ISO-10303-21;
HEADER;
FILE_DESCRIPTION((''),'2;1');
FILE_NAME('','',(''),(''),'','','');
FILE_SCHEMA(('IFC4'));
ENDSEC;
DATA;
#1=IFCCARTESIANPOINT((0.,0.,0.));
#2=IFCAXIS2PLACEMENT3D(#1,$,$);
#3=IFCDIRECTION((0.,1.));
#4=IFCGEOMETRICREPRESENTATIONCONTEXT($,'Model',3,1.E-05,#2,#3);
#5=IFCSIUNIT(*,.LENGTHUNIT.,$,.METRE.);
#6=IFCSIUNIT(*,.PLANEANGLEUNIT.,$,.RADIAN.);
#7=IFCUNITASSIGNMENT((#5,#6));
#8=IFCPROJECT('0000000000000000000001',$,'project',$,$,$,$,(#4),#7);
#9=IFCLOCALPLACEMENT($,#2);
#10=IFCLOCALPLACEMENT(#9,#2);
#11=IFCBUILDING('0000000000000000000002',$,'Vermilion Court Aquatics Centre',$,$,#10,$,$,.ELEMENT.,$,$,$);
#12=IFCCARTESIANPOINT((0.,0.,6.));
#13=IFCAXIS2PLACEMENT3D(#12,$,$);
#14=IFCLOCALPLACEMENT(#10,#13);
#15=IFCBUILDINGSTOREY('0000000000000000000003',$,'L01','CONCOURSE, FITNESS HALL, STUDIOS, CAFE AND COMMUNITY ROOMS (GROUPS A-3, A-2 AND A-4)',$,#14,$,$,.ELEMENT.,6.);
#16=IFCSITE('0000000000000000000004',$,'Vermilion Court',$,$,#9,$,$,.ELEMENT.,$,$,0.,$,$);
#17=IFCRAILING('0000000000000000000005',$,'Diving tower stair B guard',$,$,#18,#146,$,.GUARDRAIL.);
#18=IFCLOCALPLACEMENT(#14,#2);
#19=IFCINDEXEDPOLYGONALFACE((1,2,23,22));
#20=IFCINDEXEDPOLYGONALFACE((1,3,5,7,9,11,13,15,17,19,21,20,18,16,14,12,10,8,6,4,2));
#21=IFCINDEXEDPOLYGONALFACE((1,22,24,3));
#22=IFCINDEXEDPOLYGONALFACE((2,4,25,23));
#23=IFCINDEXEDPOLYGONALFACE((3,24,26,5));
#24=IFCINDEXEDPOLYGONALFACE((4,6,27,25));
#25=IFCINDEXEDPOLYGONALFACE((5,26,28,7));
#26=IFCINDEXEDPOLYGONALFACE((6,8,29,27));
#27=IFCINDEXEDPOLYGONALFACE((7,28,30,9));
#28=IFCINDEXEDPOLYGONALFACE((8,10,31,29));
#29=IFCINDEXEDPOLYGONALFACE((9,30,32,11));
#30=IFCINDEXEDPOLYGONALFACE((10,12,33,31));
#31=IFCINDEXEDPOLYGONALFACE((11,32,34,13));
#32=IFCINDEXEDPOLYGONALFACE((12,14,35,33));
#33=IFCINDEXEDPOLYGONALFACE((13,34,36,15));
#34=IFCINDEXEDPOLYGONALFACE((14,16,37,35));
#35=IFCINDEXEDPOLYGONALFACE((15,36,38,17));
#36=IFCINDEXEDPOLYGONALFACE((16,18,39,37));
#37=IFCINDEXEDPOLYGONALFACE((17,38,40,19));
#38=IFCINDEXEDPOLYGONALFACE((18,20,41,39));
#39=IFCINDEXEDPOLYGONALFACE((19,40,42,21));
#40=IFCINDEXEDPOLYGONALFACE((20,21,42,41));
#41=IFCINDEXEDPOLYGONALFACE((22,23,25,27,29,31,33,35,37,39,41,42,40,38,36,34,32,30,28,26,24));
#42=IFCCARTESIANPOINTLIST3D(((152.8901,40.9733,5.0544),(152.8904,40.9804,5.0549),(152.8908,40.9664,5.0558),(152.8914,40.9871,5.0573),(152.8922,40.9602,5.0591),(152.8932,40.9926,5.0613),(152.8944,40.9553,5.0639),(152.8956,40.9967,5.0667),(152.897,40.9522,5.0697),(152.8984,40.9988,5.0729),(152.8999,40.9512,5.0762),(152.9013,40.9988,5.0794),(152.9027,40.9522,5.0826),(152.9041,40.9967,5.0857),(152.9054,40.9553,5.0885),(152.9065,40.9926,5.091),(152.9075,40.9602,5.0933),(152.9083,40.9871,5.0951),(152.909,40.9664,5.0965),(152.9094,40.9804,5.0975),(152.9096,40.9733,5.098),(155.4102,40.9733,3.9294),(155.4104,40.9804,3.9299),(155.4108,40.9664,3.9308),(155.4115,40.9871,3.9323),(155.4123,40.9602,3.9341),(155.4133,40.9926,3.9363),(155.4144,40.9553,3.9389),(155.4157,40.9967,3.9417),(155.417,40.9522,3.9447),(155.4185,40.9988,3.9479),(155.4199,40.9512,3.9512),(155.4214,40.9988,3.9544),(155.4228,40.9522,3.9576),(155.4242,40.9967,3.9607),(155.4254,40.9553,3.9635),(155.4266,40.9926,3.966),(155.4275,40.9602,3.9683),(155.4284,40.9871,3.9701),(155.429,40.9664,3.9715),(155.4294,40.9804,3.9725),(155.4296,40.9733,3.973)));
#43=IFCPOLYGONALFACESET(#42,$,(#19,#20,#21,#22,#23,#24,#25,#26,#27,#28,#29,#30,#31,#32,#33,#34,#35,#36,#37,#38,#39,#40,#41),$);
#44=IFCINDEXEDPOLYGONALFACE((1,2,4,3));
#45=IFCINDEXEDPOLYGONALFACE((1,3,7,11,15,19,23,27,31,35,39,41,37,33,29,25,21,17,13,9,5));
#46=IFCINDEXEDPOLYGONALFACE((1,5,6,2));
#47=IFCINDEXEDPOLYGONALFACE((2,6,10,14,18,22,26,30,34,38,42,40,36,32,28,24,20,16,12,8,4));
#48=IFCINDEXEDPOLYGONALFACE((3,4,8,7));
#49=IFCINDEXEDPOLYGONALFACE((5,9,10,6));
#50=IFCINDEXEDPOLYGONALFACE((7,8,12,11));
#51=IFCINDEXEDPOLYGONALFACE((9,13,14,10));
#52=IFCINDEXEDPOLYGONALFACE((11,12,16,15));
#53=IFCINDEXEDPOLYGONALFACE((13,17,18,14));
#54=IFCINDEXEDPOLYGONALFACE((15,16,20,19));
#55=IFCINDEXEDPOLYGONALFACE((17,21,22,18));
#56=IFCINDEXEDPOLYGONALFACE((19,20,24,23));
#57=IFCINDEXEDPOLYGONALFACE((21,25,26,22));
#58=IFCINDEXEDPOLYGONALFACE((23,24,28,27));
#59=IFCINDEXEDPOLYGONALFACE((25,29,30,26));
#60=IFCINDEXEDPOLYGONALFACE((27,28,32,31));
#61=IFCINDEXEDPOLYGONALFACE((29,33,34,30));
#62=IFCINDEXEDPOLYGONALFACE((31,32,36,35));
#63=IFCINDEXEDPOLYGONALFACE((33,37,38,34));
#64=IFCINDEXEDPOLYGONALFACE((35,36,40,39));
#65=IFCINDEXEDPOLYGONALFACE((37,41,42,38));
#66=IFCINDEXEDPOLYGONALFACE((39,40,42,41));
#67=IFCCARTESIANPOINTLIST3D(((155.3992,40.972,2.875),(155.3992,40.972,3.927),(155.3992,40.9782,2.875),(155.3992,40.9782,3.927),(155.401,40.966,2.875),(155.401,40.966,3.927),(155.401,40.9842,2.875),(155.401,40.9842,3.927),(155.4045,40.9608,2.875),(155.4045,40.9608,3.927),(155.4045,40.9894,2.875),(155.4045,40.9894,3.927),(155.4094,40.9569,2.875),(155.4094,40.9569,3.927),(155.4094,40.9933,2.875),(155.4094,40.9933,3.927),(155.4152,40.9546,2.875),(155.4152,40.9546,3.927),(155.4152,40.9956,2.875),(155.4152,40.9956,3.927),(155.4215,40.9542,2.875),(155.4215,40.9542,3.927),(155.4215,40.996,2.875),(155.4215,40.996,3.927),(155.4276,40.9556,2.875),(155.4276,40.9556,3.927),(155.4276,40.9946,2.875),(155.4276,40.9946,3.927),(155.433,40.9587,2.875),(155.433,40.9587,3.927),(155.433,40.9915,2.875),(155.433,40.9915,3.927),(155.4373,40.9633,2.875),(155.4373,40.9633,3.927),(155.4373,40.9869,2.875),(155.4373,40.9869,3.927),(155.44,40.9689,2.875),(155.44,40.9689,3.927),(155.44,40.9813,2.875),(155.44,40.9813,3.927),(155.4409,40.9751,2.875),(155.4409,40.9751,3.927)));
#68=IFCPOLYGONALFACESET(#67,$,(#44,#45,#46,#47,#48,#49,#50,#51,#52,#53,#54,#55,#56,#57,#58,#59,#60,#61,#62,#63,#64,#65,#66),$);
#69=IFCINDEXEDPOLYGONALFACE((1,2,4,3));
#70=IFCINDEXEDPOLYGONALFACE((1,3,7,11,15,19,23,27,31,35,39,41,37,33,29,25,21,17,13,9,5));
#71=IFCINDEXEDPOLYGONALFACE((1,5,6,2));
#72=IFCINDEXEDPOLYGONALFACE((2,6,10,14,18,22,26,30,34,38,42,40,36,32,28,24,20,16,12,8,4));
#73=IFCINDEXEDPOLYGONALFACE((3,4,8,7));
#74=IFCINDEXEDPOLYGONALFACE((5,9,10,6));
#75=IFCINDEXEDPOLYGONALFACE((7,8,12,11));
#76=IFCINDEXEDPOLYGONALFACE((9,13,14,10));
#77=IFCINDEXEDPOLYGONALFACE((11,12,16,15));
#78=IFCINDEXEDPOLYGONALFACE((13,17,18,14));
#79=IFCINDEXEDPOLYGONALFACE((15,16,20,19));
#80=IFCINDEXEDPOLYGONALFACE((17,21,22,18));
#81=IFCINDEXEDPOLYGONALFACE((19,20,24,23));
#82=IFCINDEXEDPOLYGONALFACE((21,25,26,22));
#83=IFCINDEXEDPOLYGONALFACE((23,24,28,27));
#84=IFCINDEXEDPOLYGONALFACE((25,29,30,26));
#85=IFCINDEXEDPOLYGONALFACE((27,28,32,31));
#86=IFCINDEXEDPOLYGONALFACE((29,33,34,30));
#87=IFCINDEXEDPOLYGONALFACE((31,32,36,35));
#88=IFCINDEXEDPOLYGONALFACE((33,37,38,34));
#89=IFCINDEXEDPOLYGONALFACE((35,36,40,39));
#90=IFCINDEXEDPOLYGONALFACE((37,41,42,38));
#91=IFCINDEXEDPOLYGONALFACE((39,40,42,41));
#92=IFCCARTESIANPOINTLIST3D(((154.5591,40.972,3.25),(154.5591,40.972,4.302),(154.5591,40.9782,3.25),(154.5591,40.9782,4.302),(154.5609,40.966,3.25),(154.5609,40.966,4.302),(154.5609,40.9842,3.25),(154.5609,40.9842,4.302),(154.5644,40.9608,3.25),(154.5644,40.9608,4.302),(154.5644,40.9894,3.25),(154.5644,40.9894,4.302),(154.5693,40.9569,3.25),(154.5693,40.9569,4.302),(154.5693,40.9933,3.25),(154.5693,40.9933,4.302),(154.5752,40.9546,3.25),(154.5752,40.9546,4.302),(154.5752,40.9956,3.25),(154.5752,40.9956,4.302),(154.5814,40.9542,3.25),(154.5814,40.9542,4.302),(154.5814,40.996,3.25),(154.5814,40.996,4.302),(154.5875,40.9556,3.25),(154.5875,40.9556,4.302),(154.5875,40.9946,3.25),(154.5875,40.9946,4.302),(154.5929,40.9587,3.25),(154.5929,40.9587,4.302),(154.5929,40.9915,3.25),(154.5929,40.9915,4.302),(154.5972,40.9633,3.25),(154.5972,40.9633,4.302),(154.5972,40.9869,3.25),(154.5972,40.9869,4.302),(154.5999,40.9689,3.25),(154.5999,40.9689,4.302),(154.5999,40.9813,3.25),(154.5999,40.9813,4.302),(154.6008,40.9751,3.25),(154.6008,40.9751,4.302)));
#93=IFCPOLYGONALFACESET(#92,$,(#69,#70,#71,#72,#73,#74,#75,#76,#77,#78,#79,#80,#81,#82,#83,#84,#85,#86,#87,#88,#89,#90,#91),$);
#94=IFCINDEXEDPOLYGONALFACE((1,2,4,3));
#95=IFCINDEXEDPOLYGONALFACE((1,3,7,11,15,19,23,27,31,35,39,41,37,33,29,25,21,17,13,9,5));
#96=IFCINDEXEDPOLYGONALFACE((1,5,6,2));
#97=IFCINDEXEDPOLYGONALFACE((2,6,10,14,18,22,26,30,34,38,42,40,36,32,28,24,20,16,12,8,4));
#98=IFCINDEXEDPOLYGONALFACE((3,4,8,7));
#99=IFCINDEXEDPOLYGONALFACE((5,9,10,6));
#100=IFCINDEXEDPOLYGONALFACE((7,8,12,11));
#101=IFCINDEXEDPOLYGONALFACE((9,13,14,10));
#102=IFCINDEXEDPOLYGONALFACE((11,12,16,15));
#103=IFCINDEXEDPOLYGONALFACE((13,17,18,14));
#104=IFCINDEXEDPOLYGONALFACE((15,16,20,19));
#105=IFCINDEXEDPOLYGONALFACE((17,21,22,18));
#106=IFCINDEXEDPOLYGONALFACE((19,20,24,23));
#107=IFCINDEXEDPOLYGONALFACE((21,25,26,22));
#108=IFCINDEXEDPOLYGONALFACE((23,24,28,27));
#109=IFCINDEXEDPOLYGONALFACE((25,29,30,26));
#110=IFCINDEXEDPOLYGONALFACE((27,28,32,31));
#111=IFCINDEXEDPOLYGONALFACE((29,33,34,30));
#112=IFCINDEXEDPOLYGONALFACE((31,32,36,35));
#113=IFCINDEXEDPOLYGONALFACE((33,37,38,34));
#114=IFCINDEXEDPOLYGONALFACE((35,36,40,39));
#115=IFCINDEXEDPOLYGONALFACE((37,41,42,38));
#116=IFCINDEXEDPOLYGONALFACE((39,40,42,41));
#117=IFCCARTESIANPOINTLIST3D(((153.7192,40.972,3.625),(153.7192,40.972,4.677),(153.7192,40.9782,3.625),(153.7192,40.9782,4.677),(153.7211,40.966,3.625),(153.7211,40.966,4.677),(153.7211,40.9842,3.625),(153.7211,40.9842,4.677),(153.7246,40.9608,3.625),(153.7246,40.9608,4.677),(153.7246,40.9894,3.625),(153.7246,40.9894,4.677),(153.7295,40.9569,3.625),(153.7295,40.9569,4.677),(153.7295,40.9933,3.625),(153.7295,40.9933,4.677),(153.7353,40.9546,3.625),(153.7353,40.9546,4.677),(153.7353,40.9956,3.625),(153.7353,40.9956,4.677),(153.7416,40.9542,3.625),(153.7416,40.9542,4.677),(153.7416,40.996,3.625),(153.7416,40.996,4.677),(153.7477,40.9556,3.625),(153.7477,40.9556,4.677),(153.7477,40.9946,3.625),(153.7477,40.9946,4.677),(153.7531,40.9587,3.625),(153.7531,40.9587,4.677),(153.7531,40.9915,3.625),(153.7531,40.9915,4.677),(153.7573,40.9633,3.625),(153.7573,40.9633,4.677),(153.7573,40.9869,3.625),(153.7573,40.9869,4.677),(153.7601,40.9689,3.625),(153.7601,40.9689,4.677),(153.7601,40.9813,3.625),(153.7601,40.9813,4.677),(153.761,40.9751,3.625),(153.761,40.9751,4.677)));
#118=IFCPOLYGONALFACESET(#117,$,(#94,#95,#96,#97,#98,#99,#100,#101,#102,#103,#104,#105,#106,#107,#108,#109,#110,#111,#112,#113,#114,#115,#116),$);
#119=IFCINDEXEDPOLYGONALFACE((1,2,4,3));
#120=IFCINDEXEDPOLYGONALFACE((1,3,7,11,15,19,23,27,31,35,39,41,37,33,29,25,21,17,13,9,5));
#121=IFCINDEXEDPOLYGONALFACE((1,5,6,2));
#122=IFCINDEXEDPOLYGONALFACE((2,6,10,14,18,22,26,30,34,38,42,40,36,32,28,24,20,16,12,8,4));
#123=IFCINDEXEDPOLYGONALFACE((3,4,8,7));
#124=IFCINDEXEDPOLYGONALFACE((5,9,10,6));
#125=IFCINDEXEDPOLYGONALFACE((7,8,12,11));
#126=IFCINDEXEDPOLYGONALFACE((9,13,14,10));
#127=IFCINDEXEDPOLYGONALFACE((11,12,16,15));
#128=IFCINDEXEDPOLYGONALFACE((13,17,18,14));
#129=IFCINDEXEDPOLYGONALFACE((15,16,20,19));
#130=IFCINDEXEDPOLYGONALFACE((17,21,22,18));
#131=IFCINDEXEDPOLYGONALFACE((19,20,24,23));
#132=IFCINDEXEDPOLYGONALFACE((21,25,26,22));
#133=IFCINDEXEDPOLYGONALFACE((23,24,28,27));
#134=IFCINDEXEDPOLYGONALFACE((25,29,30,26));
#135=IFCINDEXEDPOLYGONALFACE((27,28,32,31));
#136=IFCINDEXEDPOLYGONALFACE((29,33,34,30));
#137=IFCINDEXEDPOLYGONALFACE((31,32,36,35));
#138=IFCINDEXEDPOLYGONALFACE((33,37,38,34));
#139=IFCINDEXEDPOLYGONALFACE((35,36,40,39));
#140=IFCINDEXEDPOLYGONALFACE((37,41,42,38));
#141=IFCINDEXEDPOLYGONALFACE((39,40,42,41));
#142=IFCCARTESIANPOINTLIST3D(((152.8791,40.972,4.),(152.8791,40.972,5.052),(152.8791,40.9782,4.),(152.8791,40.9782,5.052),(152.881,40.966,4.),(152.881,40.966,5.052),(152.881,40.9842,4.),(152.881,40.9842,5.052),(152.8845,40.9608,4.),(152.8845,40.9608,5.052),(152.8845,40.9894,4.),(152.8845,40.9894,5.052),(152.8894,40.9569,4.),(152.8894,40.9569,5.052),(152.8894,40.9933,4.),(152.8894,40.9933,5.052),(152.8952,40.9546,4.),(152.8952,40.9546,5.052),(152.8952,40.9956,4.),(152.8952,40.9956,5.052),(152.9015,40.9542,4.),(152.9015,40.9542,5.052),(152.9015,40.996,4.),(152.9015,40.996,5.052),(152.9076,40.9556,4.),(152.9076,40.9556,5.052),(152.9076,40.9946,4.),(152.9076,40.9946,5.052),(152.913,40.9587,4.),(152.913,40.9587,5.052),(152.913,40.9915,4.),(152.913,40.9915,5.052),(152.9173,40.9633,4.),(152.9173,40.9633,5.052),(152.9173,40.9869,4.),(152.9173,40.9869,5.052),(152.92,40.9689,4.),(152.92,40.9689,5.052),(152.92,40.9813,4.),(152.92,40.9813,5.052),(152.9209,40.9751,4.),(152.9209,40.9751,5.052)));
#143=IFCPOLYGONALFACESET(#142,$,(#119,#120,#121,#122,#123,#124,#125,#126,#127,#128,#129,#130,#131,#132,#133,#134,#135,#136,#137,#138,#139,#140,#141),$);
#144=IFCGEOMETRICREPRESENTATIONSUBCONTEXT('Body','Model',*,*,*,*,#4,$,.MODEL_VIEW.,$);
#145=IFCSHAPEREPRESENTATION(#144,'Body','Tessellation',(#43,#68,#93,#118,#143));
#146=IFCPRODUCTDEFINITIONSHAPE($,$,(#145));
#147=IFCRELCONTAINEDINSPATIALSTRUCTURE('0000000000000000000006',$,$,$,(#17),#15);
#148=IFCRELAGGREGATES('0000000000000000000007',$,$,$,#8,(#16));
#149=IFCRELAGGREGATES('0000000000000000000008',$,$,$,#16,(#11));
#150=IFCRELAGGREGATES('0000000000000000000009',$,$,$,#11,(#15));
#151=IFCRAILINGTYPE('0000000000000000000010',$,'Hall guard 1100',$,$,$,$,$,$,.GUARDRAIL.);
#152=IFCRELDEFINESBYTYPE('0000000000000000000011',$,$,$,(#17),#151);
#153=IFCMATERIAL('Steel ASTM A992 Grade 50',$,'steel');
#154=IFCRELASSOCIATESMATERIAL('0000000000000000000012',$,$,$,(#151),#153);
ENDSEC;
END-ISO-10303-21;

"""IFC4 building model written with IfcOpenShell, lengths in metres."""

from ifc_helpers import new_model, si_unit, direction, frame, origin, origin_2d, place, context, subcontext, project, spatial, circle, extrude, material, type_object, element, save


model = new_model("IFC4")

# Units and contexts
model_context = context("Model", 3, precision=1e-05, world=origin(), true_north=direction((0.0, 1.0)))
body_context = subcontext(model_context, "Body", "Model", "MODEL_VIEW")
ifc_project = project(units=[si_unit("LENGTHUNIT", "METRE"), si_unit("PLANEANGLEUNIT", "RADIAN")], contexts=[model_context])

# Site, building, storey
site_placement = place(None, origin())
site = spatial("IfcSite", under=ifc_project, at=site_placement, Name="Vermilion Court", CompositionType="ELEMENT", RefElevation=0.0)
building_placement = place(site_placement, origin())
building = spatial("IfcBuilding", under=site, at=building_placement, Name="Vermilion Court Aquatics Centre", CompositionType="ELEMENT")
storey_placement = place(building_placement, frame((0.0, 0.0, 6.0)))
storey = spatial("IfcBuildingStorey", under=building, at=storey_placement, Name="L01", Description="CONCOURSE, FITNESS HALL, STUDIOS, CAFE AND COMMUNITY ROOMS (GROUPS A-3, A-2 AND A-4)", CompositionType="ELEMENT", Elevation=6.0)

# Railing
ifc_material_1 = material(Name="Steel ASTM A992 Grade 50", Category="steel")
railing_type_1 = type_object("IfcRailingType", Name="Hall guard 1100", PredefinedType="GUARDRAIL", material=ifc_material_1)
for number, where, name in (
    (1, (155.4199, 40.9751, 2.875), "Diving tower stair B guard"),
):
    element("IfcRailing", number, at=place(storey_placement, frame(where)), inside=storey, type_object=railing_type_1, Name=name, PredefinedType="GUARDRAIL", context=body_context, shape_type="SweptSolid", body=[
        extrude(circle(Radius=0.0239, at=origin_2d()), frame((0.0, 0.0, 1.0762), z_axis=(-0.913139, 0.0, 0.407648), x_axis=(0.0, -1.0, 0.0)), (0.0, 0.0, 1.0), 2.7598),
        extrude(circle(Radius=0.021, at=origin_2d()), origin(), (0.0, 0.0, 1.0), 1.052),
        extrude(circle(Radius=0.021, at=origin_2d()), frame((-0.8401, 0.0, 0.375)), (0.0, 0.0, 1.0), 1.052),
        extrude(circle(Radius=0.021, at=origin_2d()), frame((-1.6799, 0.0, 0.75)), (0.0, 0.0, 1.0), 1.052),
        extrude(circle(Radius=0.021, at=origin_2d()), frame((-2.52, 0.0, 1.125)), (0.0, 0.0, 1.0), 1.052),
    ])

save(model, "model.ifc")
